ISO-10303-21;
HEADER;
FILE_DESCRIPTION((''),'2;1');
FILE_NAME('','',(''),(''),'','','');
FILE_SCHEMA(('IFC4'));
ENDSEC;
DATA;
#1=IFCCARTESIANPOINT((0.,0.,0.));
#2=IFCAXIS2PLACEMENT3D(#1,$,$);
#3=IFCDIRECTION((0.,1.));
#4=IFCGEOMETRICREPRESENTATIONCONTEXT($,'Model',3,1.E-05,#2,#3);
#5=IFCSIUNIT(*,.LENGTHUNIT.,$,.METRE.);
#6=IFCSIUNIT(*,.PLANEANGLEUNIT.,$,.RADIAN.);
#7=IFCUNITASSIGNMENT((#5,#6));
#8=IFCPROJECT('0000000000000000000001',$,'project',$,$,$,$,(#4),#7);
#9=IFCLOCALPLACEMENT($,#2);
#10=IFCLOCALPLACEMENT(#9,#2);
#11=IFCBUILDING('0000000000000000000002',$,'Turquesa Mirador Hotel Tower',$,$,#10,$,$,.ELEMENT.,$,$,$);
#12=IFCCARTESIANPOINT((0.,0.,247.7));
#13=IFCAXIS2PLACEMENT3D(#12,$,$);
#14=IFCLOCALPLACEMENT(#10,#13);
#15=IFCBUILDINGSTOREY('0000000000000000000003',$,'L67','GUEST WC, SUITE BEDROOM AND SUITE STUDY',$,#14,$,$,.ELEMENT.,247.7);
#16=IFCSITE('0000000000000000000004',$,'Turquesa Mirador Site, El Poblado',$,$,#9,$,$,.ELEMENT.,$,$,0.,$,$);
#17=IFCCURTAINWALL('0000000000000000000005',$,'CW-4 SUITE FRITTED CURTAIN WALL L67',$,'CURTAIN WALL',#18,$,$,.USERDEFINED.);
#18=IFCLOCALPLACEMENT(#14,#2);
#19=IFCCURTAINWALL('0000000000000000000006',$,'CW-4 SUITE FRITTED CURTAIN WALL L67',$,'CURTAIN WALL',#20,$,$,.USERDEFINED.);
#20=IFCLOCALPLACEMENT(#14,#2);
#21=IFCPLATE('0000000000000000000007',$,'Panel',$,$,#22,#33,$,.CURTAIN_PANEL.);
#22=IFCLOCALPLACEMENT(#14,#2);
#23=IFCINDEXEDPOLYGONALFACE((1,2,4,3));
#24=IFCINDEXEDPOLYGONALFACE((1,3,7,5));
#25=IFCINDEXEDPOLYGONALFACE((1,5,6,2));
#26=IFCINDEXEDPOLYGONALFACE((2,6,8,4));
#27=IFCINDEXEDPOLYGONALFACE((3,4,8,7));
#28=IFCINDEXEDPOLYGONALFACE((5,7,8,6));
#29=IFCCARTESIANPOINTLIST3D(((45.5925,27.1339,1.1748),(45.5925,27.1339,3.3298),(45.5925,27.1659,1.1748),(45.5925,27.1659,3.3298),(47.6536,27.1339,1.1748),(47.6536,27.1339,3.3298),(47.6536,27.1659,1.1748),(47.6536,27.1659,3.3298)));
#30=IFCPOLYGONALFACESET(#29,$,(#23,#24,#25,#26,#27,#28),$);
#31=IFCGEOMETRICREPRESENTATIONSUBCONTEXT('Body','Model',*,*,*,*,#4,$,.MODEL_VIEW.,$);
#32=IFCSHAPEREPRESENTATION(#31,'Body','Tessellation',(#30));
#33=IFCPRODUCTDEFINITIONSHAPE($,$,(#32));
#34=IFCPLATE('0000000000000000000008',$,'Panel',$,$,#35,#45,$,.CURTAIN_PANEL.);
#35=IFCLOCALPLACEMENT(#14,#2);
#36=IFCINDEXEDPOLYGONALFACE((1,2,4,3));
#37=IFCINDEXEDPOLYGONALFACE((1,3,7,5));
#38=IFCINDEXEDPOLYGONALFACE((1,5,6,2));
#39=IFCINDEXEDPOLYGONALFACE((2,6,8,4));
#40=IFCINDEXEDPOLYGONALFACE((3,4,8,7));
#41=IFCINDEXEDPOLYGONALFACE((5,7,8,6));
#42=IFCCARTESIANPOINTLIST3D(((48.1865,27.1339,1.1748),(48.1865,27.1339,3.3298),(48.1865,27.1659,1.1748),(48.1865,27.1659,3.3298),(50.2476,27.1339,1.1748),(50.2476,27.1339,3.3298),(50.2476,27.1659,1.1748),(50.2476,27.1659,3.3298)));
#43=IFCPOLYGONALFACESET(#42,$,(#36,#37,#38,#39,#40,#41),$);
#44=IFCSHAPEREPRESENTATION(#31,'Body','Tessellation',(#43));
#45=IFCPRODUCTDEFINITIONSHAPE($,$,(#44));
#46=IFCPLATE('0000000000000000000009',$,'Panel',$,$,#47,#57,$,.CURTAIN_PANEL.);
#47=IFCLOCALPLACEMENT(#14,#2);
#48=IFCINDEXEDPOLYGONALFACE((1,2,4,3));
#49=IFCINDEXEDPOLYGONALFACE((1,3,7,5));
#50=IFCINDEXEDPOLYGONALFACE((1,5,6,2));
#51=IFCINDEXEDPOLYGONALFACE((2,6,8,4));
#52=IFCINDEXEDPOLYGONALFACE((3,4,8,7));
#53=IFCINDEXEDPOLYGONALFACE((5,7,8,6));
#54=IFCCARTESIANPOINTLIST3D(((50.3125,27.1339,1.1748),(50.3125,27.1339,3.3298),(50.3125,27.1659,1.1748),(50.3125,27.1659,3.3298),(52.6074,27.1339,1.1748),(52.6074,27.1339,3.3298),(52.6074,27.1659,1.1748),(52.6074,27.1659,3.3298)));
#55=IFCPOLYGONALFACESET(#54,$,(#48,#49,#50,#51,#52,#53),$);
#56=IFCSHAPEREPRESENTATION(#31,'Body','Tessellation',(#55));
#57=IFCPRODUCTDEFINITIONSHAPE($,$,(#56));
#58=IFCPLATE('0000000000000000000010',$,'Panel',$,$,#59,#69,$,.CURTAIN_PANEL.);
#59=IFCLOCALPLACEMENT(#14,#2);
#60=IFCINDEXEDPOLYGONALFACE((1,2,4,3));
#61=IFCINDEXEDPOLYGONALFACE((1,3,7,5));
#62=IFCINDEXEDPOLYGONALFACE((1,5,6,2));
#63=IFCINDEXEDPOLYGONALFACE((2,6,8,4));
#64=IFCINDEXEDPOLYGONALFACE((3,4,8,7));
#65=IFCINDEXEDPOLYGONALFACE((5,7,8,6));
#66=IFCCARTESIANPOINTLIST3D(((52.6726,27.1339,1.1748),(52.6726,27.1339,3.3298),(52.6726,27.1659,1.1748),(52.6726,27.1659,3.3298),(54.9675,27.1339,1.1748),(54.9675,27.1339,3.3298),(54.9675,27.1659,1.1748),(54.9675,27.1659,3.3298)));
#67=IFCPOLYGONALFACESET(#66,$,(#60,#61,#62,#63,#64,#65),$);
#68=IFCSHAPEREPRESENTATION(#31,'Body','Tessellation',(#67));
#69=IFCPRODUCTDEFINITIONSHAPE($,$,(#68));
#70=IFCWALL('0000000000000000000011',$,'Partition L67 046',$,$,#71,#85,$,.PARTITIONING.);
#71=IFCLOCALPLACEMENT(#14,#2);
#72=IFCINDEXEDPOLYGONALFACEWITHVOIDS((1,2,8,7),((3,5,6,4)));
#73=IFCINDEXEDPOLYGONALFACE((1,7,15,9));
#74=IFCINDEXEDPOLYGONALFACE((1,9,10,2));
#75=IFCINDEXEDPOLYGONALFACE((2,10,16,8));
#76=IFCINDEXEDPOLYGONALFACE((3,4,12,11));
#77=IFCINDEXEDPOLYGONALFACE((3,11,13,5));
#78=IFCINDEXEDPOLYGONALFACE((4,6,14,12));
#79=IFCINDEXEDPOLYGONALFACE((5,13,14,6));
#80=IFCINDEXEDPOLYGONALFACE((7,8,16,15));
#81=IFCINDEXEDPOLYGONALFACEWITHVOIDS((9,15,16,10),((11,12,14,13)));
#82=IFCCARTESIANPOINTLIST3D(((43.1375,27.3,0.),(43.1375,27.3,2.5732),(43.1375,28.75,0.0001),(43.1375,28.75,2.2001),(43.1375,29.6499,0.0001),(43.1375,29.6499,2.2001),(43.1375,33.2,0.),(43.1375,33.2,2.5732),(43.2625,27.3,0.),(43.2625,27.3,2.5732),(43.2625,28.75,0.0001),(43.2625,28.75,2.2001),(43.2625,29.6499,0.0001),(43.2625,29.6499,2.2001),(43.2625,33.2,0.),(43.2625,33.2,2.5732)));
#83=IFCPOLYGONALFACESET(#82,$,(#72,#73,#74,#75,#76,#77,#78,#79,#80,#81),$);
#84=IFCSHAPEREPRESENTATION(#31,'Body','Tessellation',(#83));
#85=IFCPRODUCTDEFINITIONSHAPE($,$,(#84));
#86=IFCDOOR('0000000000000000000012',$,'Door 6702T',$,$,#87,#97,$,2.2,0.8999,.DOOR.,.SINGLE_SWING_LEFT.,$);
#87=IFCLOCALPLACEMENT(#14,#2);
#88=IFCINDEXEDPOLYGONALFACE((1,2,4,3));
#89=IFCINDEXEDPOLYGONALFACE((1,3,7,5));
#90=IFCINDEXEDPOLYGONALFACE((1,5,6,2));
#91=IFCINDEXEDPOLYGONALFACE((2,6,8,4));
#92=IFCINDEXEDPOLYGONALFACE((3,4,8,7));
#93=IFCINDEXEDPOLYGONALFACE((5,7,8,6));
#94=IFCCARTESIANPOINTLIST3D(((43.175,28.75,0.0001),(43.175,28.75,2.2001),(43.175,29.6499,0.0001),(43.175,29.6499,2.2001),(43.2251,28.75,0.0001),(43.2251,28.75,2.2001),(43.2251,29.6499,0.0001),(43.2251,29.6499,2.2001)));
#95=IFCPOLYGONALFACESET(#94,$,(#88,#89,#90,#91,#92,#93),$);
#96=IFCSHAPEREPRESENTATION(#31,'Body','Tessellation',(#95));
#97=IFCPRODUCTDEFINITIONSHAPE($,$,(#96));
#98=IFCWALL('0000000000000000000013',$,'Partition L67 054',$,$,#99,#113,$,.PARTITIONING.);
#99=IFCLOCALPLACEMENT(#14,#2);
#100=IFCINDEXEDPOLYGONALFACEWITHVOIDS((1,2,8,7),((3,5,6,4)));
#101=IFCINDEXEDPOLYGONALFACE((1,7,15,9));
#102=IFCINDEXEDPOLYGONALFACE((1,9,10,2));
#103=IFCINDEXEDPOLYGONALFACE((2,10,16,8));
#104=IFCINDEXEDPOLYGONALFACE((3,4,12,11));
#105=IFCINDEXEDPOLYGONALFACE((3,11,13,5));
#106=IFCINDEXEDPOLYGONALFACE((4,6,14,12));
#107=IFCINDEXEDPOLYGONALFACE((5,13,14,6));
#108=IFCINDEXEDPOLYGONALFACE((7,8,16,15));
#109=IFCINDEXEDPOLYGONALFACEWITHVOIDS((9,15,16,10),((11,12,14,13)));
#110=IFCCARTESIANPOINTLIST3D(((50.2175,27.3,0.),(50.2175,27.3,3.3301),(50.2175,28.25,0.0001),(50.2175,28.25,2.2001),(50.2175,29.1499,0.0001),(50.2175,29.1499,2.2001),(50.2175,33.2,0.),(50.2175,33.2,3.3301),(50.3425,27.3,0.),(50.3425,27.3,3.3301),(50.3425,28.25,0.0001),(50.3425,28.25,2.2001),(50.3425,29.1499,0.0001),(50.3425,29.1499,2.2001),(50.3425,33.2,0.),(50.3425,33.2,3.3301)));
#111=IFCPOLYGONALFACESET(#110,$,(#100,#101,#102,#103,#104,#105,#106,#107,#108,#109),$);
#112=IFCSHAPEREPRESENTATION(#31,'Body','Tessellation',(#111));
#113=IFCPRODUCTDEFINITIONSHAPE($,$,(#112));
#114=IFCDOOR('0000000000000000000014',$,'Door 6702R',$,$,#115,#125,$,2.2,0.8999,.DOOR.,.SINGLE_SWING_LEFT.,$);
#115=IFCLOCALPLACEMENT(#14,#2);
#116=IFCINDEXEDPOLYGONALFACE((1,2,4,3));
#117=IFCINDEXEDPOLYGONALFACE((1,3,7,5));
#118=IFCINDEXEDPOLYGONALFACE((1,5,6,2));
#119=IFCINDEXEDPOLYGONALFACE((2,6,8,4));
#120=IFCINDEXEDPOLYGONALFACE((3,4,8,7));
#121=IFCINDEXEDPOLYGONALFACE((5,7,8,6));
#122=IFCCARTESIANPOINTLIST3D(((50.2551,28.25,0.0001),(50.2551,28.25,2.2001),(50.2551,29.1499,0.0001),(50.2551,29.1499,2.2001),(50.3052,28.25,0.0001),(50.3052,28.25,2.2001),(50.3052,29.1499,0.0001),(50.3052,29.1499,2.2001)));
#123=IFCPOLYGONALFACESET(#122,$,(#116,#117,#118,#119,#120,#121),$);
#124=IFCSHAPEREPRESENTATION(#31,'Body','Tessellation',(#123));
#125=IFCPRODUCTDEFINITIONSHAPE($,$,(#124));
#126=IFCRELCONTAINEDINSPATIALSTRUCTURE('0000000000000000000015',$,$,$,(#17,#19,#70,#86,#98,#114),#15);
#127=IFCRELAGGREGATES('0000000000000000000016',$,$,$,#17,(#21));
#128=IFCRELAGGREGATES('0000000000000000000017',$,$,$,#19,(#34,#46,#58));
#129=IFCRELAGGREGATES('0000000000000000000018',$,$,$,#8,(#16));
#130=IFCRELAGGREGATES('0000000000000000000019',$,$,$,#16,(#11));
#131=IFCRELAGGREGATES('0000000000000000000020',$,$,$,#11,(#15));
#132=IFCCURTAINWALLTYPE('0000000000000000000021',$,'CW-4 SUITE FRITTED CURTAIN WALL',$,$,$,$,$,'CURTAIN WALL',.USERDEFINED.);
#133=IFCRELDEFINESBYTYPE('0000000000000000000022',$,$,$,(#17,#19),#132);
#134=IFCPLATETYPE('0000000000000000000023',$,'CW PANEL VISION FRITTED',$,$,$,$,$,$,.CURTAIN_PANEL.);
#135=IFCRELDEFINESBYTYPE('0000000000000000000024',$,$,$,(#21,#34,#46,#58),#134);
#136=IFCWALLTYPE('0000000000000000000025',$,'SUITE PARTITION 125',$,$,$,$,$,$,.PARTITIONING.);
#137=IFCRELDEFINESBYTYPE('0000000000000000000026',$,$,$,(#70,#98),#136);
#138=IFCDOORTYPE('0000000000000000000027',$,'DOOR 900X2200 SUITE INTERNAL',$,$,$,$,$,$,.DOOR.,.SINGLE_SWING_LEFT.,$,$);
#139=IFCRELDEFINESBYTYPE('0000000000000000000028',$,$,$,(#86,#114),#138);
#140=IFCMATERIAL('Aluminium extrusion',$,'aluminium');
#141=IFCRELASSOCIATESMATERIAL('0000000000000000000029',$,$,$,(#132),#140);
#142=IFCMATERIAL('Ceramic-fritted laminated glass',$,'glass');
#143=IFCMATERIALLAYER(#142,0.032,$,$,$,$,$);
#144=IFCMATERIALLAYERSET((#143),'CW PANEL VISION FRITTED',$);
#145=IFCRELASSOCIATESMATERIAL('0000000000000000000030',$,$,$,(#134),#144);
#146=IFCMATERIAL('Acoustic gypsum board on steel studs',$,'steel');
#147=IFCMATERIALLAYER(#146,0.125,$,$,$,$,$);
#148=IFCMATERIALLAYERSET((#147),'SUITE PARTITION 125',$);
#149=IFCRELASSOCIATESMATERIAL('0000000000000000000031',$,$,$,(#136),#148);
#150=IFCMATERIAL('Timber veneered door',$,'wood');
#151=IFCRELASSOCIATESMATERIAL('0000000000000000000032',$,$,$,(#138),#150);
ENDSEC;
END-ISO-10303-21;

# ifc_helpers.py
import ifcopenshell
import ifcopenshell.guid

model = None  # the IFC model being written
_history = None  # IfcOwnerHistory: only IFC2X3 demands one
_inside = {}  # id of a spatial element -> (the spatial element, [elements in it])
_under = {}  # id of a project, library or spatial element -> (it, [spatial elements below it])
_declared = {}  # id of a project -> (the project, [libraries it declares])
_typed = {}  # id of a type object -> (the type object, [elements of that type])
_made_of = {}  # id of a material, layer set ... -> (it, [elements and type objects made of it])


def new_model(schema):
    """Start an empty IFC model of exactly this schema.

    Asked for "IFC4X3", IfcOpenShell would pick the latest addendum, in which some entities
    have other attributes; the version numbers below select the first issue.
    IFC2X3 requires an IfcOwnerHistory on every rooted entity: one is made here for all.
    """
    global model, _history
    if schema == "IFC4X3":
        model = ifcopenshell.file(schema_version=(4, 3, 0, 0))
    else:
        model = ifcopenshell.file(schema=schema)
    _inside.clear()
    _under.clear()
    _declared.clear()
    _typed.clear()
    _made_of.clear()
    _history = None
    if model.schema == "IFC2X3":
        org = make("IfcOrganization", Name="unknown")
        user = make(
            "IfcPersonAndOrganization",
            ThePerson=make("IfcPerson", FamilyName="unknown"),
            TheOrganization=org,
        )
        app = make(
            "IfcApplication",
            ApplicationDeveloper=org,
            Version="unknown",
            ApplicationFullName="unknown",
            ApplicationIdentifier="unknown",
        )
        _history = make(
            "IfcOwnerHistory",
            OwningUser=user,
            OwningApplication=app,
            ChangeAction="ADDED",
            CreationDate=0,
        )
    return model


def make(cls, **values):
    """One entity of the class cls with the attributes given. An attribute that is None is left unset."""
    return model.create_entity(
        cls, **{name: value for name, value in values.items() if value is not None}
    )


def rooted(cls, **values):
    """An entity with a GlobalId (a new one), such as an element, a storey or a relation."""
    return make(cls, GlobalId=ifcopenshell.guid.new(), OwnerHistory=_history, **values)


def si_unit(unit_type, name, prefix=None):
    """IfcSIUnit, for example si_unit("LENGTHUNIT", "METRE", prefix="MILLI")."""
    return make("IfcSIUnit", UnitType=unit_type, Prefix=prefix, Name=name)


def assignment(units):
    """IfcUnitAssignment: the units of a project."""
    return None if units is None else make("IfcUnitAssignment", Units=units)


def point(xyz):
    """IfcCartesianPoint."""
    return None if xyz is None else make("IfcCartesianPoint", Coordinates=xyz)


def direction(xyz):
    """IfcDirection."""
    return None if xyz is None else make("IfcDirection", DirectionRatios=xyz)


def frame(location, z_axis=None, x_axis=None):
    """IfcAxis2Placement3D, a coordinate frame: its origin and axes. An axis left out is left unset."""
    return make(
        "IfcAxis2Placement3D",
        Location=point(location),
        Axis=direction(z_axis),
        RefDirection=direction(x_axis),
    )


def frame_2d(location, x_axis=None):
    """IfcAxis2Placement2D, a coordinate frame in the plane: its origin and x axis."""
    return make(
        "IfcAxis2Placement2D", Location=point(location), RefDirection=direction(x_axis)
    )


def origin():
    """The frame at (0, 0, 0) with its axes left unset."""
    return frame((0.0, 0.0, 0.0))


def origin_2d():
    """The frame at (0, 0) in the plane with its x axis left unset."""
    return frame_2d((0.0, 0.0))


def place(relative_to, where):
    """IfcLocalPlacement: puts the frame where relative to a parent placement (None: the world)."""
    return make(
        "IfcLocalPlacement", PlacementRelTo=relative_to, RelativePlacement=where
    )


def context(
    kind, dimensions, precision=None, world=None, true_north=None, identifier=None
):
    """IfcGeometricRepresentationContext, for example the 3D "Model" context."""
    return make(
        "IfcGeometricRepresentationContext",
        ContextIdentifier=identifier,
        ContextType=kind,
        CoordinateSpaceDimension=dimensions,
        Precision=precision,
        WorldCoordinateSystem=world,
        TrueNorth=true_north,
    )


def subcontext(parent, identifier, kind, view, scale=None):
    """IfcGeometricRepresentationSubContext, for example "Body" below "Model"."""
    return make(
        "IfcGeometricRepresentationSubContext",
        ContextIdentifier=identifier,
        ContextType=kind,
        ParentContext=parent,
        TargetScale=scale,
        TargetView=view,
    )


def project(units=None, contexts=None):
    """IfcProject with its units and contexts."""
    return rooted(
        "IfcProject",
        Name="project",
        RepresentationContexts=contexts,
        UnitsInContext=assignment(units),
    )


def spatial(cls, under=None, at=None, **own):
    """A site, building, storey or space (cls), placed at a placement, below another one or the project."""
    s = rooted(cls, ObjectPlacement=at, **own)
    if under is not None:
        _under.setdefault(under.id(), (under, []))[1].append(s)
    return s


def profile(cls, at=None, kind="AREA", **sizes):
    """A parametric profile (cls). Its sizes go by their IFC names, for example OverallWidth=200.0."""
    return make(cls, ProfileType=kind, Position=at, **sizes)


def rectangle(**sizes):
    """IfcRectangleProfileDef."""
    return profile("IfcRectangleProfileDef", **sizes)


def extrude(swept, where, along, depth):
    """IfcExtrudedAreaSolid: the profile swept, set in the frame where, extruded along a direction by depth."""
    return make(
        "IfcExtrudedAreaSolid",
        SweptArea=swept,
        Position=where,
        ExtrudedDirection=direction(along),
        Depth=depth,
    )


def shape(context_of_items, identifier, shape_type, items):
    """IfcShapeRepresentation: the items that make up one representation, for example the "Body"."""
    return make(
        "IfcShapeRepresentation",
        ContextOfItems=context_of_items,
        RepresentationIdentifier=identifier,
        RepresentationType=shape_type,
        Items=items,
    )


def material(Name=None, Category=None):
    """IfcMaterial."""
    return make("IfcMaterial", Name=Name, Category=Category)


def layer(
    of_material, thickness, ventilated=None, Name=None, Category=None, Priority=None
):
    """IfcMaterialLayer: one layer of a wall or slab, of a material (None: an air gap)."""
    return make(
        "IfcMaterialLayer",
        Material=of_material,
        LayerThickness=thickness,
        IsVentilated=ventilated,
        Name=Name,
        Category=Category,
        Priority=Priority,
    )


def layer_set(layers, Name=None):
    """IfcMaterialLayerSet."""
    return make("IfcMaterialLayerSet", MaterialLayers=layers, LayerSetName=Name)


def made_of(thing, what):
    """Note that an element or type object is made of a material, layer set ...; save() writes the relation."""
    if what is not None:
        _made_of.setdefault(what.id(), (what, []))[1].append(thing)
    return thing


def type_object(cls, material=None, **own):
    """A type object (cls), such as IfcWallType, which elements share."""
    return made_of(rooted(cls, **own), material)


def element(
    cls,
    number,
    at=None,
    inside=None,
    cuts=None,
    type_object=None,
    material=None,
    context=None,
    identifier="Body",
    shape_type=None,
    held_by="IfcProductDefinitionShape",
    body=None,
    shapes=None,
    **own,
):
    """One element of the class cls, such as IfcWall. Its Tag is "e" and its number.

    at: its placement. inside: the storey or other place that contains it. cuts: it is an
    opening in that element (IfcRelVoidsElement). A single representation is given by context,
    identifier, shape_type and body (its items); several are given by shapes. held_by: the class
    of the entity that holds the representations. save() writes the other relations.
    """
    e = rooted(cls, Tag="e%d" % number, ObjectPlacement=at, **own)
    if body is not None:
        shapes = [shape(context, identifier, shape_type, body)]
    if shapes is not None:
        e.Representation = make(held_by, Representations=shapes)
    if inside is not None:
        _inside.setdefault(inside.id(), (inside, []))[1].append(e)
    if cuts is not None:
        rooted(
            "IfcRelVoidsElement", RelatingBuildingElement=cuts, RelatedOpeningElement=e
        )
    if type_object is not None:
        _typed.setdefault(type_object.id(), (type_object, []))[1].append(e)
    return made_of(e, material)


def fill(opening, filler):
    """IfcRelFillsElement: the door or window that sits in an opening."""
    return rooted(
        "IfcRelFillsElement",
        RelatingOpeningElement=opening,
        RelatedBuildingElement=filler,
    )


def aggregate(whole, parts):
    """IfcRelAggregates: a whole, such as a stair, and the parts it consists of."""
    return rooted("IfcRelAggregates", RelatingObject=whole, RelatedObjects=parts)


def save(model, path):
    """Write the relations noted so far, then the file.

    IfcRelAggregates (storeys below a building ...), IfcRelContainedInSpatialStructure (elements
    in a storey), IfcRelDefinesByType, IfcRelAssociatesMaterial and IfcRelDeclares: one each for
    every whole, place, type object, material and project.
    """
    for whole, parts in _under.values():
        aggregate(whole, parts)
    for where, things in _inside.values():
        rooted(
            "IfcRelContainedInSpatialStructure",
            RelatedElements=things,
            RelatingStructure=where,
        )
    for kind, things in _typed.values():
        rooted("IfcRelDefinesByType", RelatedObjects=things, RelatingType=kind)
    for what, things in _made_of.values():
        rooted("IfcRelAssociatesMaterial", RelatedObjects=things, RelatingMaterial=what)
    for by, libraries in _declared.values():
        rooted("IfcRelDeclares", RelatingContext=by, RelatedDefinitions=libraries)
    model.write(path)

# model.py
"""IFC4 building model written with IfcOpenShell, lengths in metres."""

from ifc_helpers import new_model, si_unit, direction, frame, frame_2d, origin, origin_2d, place, context, subcontext, project, spatial, rectangle, extrude, material, layer, layer_set, type_object, element, fill, aggregate, save


model = new_model("IFC4")

# Units and contexts
model_context = context("Model", 3, precision=1e-05, world=origin(), true_north=direction((0.0, 1.0)))
body_context = subcontext(model_context, "Body", "Model", "MODEL_VIEW")
ifc_project = project(units=[si_unit("LENGTHUNIT", "METRE"), si_unit("PLANEANGLEUNIT", "RADIAN")], contexts=[model_context])

# Site, building, storey
site_placement = place(None, origin())
site = spatial("IfcSite", under=ifc_project, at=site_placement, Name="Turquesa Mirador Site, El Poblado", CompositionType="ELEMENT", RefElevation=0.0)
building_placement = place(site_placement, origin())
building = spatial("IfcBuilding", under=site, at=building_placement, Name="Turquesa Mirador Hotel Tower", CompositionType="ELEMENT")
storey_placement = place(building_placement, frame((0.0, 0.0, 247.7)))
storey = spatial("IfcBuildingStorey", under=building, at=storey_placement, Name="L67", Description="GUEST WC, SUITE BEDROOM AND SUITE STUDY", CompositionType="ELEMENT", Elevation=247.7)

# Curtain walls
ifc_material_1 = material(Name="Aluminium extrusion", Category="aluminium")
curtain_wall_type = type_object("IfcCurtainWallType", Name="CW-4 SUITE FRITTED CURTAIN WALL", ElementType="CURTAIN WALL", PredefinedType="USERDEFINED", material=ifc_material_1)
curtain_wall_1_placement = place(storey_placement, origin())
curtain_wall_1 = element("IfcCurtainWall", 1, at=curtain_wall_1_placement, inside=storey, type_object=curtain_wall_type, Name="CW-4 SUITE FRITTED CURTAIN WALL L67", ObjectType="CURTAIN WALL", PredefinedType="USERDEFINED")
curtain_wall_2_placement = place(storey_placement, origin())
curtain_wall_2 = element("IfcCurtainWall", 2, at=curtain_wall_2_placement, inside=storey, type_object=curtain_wall_type, Name="CW-4 SUITE FRITTED CURTAIN WALL L67", ObjectType="CURTAIN WALL", PredefinedType="USERDEFINED")

# Plates
ifc_material_2 = material(Name="Ceramic-fritted laminated glass", Category="glass")
ifc_layer_1 = layer(ifc_material_2, 0.032)
ifc_layer_set_1 = layer_set([ifc_layer_1], Name="CW PANEL VISION FRITTED")
plate_type_1 = type_object("IfcPlateType", Name="CW PANEL VISION FRITTED", PredefinedType="CURTAIN_PANEL", material=ifc_layer_set_1)
plate_1_placement = place(storey_placement, frame((46.623, 27.1499, 1.1748), z_axis=(0.0, 0.0, 1.0), x_axis=(1.0, 0.0, 0.0)))
plate_1 = element("IfcPlate", 3, at=plate_1_placement, type_object=plate_type_1, Name="Panel", PredefinedType="CURTAIN_PANEL", context=body_context, shape_type="SweptSolid", body=[
    extrude(rectangle(XDim=2.061, YDim=0.032, at=origin_2d()), origin(), (0.0, 0.0, 1.0), 2.155),
])
aggregate(curtain_wall_1, [plate_1])
plate_2_placement = place(storey_placement, frame((49.217, 27.1499, 1.1748), z_axis=(0.0, 0.0, 1.0), x_axis=(1.0, 0.0, 0.0)))
plate_2 = element("IfcPlate", 4, at=plate_2_placement, type_object=plate_type_1, Name="Panel", PredefinedType="CURTAIN_PANEL", context=body_context, shape_type="SweptSolid", body=[
    extrude(rectangle(XDim=2.061, YDim=0.032, at=origin_2d()), origin(), (0.0, 0.0, 1.0), 2.155),
])
plate_3_placement = place(storey_placement, frame((51.46, 27.1499, 1.1748), z_axis=(0.0, 0.0, 1.0), x_axis=(1.0, 0.0, 0.0)))
plate_3 = element("IfcPlate", 5, at=plate_3_placement, type_object=plate_type_1, Name="Panel", PredefinedType="CURTAIN_PANEL", context=body_context, shape_type="SweptSolid", body=[
    extrude(rectangle(XDim=2.2949, YDim=0.032, at=origin_2d()), origin(), (0.0, 0.0, 1.0), 2.155),
])
plate_4_placement = place(storey_placement, frame((53.8201, 27.1499, 1.1748), z_axis=(0.0, 0.0, 1.0), x_axis=(1.0, 0.0, 0.0)))
plate_4 = element("IfcPlate", 6, at=plate_4_placement, type_object=plate_type_1, Name="Panel", PredefinedType="CURTAIN_PANEL", context=body_context, shape_type="SweptSolid", body=[
    extrude(rectangle(XDim=2.2949, YDim=0.032, at=origin_2d()), origin(), (0.0, 0.0, 1.0), 2.155),
])
aggregate(curtain_wall_2, [plate_2, plate_3, plate_4])

# Walls, openings, doors
ifc_material_3 = material(Name="Acoustic gypsum board on steel studs", Category="steel")
ifc_layer_2 = layer(ifc_material_3, 0.125)
ifc_layer_set_2 = layer_set([ifc_layer_2], Name="SUITE PARTITION 125")
wall_type = type_object("IfcWallType", Name="SUITE PARTITION 125", PredefinedType="PARTITIONING", material=ifc_layer_set_2)
wall_1_placement = place(storey_placement, frame((43.2, 27.3, 0.0), z_axis=(0.0, 0.0, 1.0), x_axis=(0.0, 1.0, 0.0)))
wall_1 = element("IfcWall", 7, at=wall_1_placement, inside=storey, type_object=wall_type, Name="Partition L67 046", PredefinedType="PARTITIONING", context=body_context, shape_type="SweptSolid", body=[
    extrude(rectangle(XDim=5.8999, YDim=0.125, at=frame_2d((2.95, 0.0))), origin(), (0.0, 0.0, 1.0), 2.5732),
])
opening_1_placement = place(wall_1_placement, frame((1.45, 0.0, 0.0)))
opening_1 = element("IfcOpeningElement", 8, at=opening_1_placement, cuts=wall_1, PredefinedType="OPENING", context=body_context, shape_type="SweptSolid", body=[
    extrude(rectangle(XDim=0.8999, YDim=2.2, at=frame_2d((0.45, 1.1001))), frame((0.0, 0.0725, 0.0), z_axis=(0.0, -1.0, 0.0), x_axis=(1.0, 0.0, 0.0)), (0.0, 0.0, 1.0), 0.145),
])
ifc_material_4 = material(Name="Timber veneered door", Category="wood")
door_type = type_object("IfcDoorType", Name="DOOR 900X2200 SUITE INTERNAL", OperationType="SINGLE_SWING_LEFT", PredefinedType="DOOR", material=ifc_material_4)
door_1_placement = place(opening_1_placement, origin())
door_1 = element("IfcDoor", 9, at=door_1_placement, inside=storey, type_object=door_type, Name="Door 6702T", OperationType="SINGLE_SWING_LEFT", OverallHeight=2.2, OverallWidth=0.8999, PredefinedType="DOOR", context=body_context, shape_type="SweptSolid", body=[
    extrude(rectangle(XDim=0.8999, YDim=2.2, at=frame_2d((0.45, 1.1001))), frame((0.0, 0.0249, 0.0), z_axis=(0.0, -1.0, 0.0), x_axis=(1.0, 0.0, 0.0)), (0.0, 0.0, 1.0), 0.05),
])
fill(opening_1, door_1)
wall_2_placement = place(storey_placement, frame((50.28, 27.3, 0.0), z_axis=(0.0, 0.0, 1.0), x_axis=(0.0, 1.0, 0.0)))
wall_2 = element("IfcWall", 10, at=wall_2_placement, inside=storey, type_object=wall_type, Name="Partition L67 054", PredefinedType="PARTITIONING", context=body_context, shape_type="SweptSolid", body=[
    extrude(rectangle(XDim=5.8999, YDim=0.125, at=frame_2d((2.95, 0.0))), origin(), (0.0, 0.0, 1.0), 3.3301),
])
opening_2_placement = place(wall_2_placement, frame((0.95, 0.0, 0.0)))
opening_2 = element("IfcOpeningElement", 11, at=opening_2_placement, cuts=wall_2, PredefinedType="OPENING", context=body_context, shape_type="SweptSolid", body=[
    extrude(rectangle(XDim=0.8999, YDim=2.2, at=frame_2d((0.45, 1.1001))), frame((0.0, 0.0725, 0.0), z_axis=(0.0, -1.0, 0.0), x_axis=(1.0, 0.0, 0.0)), (0.0, 0.0, 1.0), 0.145),
])
door_2_placement = place(opening_2_placement, origin())
door_2 = element("IfcDoor", 12, at=door_2_placement, inside=storey, type_object=door_type, Name="Door 6702R", OperationType="SINGLE_SWING_LEFT", OverallHeight=2.2, OverallWidth=0.8999, PredefinedType="DOOR", context=body_context, shape_type="SweptSolid", body=[
    extrude(rectangle(XDim=0.8999, YDim=2.2, at=frame_2d((0.45, 1.1001))), frame((0.0, 0.0249, 0.0), z_axis=(0.0, -1.0, 0.0), x_axis=(1.0, 0.0, 0.0)), (0.0, 0.0, 1.0), 0.05),
])
fill(opening_2, door_2)

save(model, "model.ifc")
